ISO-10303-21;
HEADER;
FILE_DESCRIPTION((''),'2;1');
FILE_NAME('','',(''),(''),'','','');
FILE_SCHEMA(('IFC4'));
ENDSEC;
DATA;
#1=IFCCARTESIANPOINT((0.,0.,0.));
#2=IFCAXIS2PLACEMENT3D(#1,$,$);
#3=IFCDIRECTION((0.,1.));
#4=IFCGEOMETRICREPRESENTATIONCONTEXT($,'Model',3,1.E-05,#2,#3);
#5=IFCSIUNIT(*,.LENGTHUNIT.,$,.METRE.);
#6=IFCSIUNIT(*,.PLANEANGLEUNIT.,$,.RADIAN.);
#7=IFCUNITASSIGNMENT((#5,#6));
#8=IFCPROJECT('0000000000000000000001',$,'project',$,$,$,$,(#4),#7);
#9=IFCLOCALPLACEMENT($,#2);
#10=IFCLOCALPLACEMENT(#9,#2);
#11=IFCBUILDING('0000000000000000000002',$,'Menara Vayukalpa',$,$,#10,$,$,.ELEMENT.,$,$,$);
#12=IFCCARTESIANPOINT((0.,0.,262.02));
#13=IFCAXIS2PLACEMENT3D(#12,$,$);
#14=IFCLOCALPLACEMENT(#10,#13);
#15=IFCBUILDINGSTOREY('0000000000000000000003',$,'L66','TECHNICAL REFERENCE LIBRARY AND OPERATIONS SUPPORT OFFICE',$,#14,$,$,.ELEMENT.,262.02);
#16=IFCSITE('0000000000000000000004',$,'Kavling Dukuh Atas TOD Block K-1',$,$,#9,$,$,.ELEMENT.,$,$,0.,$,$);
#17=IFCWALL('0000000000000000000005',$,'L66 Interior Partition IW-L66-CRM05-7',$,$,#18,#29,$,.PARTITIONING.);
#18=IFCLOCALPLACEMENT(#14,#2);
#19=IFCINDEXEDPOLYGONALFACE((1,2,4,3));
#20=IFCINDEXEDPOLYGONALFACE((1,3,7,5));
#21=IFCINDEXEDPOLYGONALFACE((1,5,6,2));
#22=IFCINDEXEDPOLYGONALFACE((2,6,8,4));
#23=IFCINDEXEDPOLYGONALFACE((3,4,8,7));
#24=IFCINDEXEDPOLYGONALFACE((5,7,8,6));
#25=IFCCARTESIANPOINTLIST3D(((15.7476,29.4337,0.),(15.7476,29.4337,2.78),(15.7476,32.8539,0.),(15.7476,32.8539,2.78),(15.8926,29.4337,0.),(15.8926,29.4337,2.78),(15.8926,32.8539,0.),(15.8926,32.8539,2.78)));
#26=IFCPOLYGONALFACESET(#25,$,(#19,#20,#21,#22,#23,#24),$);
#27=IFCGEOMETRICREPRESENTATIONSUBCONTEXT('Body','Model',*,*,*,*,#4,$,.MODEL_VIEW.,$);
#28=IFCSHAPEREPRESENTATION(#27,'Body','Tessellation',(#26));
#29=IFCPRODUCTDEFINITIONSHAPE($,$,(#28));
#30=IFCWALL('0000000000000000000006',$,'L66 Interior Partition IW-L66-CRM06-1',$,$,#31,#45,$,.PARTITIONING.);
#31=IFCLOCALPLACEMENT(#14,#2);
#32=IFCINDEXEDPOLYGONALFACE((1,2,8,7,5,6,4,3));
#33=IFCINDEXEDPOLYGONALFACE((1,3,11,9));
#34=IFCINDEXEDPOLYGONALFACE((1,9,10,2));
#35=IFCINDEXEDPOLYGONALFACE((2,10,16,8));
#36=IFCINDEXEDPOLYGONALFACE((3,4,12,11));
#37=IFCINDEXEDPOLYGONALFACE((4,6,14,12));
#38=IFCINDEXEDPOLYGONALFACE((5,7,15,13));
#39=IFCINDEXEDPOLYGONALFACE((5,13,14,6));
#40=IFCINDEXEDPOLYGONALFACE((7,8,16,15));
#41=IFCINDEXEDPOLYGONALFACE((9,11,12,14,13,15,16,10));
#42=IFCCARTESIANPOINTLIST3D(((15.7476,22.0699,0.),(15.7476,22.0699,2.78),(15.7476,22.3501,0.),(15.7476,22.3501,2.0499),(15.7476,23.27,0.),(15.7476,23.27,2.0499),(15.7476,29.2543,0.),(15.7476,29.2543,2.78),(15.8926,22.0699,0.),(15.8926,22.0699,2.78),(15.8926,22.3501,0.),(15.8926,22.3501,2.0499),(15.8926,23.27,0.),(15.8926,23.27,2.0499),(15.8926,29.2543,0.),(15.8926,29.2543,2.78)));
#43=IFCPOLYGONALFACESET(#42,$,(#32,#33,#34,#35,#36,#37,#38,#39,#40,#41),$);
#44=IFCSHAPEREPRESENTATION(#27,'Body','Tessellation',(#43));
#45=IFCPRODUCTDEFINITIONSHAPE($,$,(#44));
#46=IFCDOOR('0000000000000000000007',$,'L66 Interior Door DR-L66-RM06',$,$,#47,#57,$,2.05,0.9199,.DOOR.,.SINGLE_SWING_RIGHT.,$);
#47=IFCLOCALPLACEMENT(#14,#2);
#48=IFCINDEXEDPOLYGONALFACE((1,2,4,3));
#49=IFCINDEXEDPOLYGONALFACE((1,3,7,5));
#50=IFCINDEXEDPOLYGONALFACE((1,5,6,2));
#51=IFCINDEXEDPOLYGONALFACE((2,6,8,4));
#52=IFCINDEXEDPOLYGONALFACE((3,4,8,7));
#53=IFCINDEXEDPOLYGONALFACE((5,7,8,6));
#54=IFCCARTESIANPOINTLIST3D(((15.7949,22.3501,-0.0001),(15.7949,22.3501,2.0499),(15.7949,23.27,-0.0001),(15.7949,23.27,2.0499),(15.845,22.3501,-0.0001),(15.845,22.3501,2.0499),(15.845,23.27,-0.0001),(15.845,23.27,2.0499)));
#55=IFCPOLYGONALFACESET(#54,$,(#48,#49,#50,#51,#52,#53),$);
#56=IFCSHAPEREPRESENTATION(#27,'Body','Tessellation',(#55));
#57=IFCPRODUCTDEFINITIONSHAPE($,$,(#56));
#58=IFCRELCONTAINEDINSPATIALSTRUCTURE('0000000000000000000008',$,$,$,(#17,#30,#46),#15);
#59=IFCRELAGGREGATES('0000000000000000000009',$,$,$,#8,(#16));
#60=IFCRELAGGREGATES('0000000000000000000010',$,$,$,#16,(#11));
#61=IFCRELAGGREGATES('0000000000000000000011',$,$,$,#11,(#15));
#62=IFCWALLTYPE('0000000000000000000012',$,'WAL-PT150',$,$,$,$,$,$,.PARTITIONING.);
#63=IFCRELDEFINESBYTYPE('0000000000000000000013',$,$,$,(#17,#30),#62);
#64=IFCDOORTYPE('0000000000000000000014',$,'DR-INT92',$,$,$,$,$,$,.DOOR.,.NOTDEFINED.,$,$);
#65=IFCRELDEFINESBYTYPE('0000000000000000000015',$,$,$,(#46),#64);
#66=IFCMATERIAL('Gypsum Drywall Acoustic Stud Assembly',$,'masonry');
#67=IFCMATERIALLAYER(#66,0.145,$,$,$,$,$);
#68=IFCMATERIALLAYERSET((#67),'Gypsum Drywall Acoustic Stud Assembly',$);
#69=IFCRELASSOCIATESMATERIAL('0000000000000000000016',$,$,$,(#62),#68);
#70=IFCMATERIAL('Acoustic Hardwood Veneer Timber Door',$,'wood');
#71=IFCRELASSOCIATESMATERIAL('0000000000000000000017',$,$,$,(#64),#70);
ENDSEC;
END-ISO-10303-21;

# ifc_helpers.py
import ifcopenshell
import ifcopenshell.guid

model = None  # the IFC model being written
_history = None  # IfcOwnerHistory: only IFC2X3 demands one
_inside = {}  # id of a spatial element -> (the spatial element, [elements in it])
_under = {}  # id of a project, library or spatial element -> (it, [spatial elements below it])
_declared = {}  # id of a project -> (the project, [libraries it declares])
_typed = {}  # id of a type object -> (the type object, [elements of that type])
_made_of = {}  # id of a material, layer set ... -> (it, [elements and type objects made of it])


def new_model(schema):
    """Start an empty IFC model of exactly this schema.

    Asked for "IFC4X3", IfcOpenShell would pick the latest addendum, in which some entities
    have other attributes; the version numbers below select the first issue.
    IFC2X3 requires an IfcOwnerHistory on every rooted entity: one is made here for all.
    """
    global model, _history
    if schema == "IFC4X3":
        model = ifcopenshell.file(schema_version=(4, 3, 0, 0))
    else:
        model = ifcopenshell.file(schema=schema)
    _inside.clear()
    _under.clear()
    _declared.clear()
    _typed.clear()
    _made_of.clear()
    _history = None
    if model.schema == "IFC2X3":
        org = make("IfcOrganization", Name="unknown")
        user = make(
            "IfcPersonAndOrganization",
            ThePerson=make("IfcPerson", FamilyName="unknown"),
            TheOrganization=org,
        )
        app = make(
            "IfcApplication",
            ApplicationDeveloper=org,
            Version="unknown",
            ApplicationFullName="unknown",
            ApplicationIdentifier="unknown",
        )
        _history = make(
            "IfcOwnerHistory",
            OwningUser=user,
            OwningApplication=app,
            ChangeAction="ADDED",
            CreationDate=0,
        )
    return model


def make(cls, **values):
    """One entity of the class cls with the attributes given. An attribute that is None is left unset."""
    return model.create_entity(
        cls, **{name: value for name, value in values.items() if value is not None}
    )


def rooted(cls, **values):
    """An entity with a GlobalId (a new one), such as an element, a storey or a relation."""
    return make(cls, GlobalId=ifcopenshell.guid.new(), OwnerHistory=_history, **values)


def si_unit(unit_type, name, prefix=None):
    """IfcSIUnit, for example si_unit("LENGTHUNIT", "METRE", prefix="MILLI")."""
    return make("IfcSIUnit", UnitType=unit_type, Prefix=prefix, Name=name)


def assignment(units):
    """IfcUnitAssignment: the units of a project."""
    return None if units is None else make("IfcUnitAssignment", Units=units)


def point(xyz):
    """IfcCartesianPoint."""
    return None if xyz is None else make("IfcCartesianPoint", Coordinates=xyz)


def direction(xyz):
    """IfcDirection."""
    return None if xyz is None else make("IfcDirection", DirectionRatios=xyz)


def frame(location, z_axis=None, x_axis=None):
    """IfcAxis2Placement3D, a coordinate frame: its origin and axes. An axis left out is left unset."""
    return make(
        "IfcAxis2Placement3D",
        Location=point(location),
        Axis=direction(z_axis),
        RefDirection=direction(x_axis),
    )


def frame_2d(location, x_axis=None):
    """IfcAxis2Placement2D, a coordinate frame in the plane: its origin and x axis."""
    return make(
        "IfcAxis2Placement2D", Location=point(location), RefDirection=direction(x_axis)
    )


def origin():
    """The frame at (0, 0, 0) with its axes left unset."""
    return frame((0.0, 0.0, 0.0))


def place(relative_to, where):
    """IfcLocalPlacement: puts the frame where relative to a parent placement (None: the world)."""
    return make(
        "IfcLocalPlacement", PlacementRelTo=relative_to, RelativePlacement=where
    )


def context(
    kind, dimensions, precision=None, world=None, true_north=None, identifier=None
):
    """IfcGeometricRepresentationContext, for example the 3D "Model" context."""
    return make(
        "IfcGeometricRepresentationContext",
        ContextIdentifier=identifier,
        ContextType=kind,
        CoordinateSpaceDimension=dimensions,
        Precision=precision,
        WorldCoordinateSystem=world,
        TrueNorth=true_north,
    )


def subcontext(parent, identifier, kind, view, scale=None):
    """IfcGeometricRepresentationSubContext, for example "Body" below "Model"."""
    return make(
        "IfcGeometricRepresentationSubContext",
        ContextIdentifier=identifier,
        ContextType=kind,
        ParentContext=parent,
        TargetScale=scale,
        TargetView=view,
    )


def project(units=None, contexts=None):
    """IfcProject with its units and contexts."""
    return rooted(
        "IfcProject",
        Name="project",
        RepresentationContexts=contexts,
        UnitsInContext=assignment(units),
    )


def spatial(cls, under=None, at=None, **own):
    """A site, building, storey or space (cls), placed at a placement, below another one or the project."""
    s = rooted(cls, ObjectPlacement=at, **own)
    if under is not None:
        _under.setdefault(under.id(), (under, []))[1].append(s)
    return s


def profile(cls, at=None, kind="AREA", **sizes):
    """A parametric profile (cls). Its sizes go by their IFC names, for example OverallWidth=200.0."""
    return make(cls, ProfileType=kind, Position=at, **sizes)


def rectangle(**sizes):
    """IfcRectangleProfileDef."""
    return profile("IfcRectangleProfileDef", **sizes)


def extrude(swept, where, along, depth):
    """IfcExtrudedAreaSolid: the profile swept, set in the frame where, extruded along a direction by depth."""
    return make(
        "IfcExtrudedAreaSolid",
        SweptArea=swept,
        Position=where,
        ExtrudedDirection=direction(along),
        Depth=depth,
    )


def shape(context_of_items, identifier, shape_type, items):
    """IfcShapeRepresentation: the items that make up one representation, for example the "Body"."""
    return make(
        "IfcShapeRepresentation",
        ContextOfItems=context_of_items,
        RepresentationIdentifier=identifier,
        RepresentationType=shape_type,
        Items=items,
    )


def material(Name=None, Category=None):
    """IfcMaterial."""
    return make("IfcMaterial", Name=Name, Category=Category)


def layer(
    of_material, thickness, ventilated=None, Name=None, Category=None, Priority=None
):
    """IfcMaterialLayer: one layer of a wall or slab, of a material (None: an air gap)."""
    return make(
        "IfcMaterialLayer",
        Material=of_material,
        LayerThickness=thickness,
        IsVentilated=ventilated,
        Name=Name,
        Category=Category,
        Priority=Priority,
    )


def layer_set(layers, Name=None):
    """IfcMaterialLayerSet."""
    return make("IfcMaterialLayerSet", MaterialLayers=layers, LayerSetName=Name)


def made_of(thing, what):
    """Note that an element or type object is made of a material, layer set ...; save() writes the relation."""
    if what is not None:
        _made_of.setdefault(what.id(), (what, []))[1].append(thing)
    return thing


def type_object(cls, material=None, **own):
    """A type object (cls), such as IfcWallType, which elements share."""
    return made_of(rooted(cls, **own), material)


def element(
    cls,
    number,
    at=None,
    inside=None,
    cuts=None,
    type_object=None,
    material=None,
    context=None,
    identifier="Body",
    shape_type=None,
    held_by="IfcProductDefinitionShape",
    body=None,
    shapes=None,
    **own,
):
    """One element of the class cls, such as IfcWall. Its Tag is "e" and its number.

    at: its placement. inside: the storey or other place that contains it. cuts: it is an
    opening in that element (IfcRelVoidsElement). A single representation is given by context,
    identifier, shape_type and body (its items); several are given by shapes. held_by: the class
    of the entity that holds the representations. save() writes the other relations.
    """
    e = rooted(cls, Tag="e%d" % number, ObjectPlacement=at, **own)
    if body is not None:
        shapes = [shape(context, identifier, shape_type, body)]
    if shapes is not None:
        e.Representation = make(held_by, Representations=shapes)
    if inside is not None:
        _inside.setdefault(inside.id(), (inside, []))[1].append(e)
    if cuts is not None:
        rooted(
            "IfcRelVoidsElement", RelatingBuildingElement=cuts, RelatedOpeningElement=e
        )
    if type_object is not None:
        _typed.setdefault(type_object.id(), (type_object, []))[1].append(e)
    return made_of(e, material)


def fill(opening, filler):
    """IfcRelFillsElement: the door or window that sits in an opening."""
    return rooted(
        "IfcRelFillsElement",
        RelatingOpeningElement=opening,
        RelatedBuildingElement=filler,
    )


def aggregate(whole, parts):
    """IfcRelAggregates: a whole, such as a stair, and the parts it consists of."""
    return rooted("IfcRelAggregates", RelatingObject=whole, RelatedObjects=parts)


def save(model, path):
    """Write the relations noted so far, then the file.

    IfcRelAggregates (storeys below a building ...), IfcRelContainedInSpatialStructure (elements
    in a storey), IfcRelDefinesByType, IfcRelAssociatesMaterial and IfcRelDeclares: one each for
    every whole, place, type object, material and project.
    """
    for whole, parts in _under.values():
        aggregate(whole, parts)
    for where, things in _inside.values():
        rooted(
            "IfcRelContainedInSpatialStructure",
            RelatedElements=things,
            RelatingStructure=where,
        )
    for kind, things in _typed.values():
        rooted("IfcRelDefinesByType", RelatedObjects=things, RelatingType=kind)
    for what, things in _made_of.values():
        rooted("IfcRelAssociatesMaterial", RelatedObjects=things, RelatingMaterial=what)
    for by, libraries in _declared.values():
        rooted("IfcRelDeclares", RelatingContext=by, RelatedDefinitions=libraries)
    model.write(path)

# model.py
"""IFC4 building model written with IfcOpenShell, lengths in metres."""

from ifc_helpers import new_model, si_unit, direction, frame, frame_2d, origin, place, context, subcontext, project, spatial, rectangle, extrude, material, layer, layer_set, type_object, element, fill, save


model = new_model("IFC4")

# Units and contexts
model_context = context("Model", 3, precision=1e-05, world=origin(), true_north=direction((0.0, 1.0)))
body_context = subcontext(model_context, "Body", "Model", "MODEL_VIEW")
ifc_project = project(units=[si_unit("LENGTHUNIT", "METRE"), si_unit("PLANEANGLEUNIT", "RADIAN")], contexts=[model_context])

# Site, building, storey
site_placement = place(None, origin())
site = spatial("IfcSite", under=ifc_project, at=site_placement, Name="Kavling Dukuh Atas TOD Block K-1", CompositionType="ELEMENT", RefElevation=0.0)
building_placement = place(site_placement, origin())
building = spatial("IfcBuilding", under=site, at=building_placement, Name="Menara Vayukalpa", CompositionType="ELEMENT")
storey_placement = place(building_placement, frame((0.0, 0.0, 262.02)))
storey = spatial("IfcBuildingStorey", under=building, at=storey_placement, Name="L66", Description="TECHNICAL REFERENCE LIBRARY AND OPERATIONS SUPPORT OFFICE", CompositionType="ELEMENT", Elevation=262.02)

# Shared definitions
ifc_material_1 = material(Name="Gypsum Drywall Acoustic Stud Assembly", Category="masonry")
ifc_layer_1 = layer(ifc_material_1, 0.145)
ifc_layer_set_1 = layer_set([ifc_layer_1], Name="Gypsum Drywall Acoustic Stud Assembly")
wall_type_1 = type_object("IfcWallType", Name="WAL-PT150", PredefinedType="PARTITIONING", material=ifc_layer_set_1)

# Wall
wall_1_placement = place(storey_placement, frame((15.8201, 32.8538, 0.0), z_axis=(0.0, 0.0, 1.0), x_axis=(0.0, -1.0, 0.0)))
element("IfcWall", 1, at=wall_1_placement, inside=storey, type_object=wall_type_1, Name="L66 Interior Partition IW-L66-CRM05-7", PredefinedType="PARTITIONING", context=body_context, shape_type="SweptSolid", body=[
    extrude(rectangle(XDim=3.4202, YDim=0.145, at=frame_2d((1.71, 0.0))), origin(), (0.0, 0.0, 1.0), 2.78),
])

# Wall, opening, door
wall_2_placement = place(storey_placement, frame((15.8201, 29.2544, 0.0), z_axis=(0.0, 0.0, 1.0), x_axis=(0.0, -1.0, 0.0)))
wall_2 = element("IfcWall", 2, at=wall_2_placement, inside=storey, type_object=wall_type_1, Name="L66 Interior Partition IW-L66-CRM06-1", PredefinedType="PARTITIONING", context=body_context, shape_type="SweptSolid", body=[
    extrude(rectangle(XDim=7.1843, YDim=0.145, at=frame_2d((3.5923, 0.0))), origin(), (0.0, 0.0, 1.0), 2.78),
])
opening_1_placement = place(wall_2_placement, frame((5.9844, 0.0, 0.0)))
opening_1 = element("IfcOpeningElement", 3, at=opening_1_placement, cuts=wall_2, PredefinedType="OPENING", context=body_context, shape_type="SweptSolid", body=[
    extrude(rectangle(XDim=0.9199, YDim=2.05, at=frame_2d((0.46, 1.0249))), frame((0.0, 0.0825, 0.0), z_axis=(0.0, -1.0, 0.0), x_axis=(1.0, 0.0, 0.0)), (0.0, 0.0, 1.0), 0.165),
])
ifc_material_2 = material(Name="Acoustic Hardwood Veneer Timber Door", Category="wood")
door_type_1 = type_object("IfcDoorType", Name="DR-INT92", OperationType="NOTDEFINED", PredefinedType="DOOR", material=ifc_material_2)
door_1_placement = place(opening_1_placement, origin())
door_1 = element("IfcDoor", 4, at=door_1_placement, inside=storey, type_object=door_type_1, Name="L66 Interior Door DR-L66-RM06", OperationType="SINGLE_SWING_RIGHT", OverallHeight=2.05, OverallWidth=0.9199, PredefinedType="DOOR", context=body_context, shape_type="SweptSolid", body=[
    extrude(rectangle(XDim=0.9199, YDim=2.05, at=frame_2d((0.46, 1.0249))), frame((0.0, 0.0249, 0.0), z_axis=(0.0, -1.0, 0.0), x_axis=(1.0, 0.0, 0.0)), (0.0, 0.0, 1.0), 0.05),
])
fill(opening_1, door_1)

save(model, "model.ifc")
